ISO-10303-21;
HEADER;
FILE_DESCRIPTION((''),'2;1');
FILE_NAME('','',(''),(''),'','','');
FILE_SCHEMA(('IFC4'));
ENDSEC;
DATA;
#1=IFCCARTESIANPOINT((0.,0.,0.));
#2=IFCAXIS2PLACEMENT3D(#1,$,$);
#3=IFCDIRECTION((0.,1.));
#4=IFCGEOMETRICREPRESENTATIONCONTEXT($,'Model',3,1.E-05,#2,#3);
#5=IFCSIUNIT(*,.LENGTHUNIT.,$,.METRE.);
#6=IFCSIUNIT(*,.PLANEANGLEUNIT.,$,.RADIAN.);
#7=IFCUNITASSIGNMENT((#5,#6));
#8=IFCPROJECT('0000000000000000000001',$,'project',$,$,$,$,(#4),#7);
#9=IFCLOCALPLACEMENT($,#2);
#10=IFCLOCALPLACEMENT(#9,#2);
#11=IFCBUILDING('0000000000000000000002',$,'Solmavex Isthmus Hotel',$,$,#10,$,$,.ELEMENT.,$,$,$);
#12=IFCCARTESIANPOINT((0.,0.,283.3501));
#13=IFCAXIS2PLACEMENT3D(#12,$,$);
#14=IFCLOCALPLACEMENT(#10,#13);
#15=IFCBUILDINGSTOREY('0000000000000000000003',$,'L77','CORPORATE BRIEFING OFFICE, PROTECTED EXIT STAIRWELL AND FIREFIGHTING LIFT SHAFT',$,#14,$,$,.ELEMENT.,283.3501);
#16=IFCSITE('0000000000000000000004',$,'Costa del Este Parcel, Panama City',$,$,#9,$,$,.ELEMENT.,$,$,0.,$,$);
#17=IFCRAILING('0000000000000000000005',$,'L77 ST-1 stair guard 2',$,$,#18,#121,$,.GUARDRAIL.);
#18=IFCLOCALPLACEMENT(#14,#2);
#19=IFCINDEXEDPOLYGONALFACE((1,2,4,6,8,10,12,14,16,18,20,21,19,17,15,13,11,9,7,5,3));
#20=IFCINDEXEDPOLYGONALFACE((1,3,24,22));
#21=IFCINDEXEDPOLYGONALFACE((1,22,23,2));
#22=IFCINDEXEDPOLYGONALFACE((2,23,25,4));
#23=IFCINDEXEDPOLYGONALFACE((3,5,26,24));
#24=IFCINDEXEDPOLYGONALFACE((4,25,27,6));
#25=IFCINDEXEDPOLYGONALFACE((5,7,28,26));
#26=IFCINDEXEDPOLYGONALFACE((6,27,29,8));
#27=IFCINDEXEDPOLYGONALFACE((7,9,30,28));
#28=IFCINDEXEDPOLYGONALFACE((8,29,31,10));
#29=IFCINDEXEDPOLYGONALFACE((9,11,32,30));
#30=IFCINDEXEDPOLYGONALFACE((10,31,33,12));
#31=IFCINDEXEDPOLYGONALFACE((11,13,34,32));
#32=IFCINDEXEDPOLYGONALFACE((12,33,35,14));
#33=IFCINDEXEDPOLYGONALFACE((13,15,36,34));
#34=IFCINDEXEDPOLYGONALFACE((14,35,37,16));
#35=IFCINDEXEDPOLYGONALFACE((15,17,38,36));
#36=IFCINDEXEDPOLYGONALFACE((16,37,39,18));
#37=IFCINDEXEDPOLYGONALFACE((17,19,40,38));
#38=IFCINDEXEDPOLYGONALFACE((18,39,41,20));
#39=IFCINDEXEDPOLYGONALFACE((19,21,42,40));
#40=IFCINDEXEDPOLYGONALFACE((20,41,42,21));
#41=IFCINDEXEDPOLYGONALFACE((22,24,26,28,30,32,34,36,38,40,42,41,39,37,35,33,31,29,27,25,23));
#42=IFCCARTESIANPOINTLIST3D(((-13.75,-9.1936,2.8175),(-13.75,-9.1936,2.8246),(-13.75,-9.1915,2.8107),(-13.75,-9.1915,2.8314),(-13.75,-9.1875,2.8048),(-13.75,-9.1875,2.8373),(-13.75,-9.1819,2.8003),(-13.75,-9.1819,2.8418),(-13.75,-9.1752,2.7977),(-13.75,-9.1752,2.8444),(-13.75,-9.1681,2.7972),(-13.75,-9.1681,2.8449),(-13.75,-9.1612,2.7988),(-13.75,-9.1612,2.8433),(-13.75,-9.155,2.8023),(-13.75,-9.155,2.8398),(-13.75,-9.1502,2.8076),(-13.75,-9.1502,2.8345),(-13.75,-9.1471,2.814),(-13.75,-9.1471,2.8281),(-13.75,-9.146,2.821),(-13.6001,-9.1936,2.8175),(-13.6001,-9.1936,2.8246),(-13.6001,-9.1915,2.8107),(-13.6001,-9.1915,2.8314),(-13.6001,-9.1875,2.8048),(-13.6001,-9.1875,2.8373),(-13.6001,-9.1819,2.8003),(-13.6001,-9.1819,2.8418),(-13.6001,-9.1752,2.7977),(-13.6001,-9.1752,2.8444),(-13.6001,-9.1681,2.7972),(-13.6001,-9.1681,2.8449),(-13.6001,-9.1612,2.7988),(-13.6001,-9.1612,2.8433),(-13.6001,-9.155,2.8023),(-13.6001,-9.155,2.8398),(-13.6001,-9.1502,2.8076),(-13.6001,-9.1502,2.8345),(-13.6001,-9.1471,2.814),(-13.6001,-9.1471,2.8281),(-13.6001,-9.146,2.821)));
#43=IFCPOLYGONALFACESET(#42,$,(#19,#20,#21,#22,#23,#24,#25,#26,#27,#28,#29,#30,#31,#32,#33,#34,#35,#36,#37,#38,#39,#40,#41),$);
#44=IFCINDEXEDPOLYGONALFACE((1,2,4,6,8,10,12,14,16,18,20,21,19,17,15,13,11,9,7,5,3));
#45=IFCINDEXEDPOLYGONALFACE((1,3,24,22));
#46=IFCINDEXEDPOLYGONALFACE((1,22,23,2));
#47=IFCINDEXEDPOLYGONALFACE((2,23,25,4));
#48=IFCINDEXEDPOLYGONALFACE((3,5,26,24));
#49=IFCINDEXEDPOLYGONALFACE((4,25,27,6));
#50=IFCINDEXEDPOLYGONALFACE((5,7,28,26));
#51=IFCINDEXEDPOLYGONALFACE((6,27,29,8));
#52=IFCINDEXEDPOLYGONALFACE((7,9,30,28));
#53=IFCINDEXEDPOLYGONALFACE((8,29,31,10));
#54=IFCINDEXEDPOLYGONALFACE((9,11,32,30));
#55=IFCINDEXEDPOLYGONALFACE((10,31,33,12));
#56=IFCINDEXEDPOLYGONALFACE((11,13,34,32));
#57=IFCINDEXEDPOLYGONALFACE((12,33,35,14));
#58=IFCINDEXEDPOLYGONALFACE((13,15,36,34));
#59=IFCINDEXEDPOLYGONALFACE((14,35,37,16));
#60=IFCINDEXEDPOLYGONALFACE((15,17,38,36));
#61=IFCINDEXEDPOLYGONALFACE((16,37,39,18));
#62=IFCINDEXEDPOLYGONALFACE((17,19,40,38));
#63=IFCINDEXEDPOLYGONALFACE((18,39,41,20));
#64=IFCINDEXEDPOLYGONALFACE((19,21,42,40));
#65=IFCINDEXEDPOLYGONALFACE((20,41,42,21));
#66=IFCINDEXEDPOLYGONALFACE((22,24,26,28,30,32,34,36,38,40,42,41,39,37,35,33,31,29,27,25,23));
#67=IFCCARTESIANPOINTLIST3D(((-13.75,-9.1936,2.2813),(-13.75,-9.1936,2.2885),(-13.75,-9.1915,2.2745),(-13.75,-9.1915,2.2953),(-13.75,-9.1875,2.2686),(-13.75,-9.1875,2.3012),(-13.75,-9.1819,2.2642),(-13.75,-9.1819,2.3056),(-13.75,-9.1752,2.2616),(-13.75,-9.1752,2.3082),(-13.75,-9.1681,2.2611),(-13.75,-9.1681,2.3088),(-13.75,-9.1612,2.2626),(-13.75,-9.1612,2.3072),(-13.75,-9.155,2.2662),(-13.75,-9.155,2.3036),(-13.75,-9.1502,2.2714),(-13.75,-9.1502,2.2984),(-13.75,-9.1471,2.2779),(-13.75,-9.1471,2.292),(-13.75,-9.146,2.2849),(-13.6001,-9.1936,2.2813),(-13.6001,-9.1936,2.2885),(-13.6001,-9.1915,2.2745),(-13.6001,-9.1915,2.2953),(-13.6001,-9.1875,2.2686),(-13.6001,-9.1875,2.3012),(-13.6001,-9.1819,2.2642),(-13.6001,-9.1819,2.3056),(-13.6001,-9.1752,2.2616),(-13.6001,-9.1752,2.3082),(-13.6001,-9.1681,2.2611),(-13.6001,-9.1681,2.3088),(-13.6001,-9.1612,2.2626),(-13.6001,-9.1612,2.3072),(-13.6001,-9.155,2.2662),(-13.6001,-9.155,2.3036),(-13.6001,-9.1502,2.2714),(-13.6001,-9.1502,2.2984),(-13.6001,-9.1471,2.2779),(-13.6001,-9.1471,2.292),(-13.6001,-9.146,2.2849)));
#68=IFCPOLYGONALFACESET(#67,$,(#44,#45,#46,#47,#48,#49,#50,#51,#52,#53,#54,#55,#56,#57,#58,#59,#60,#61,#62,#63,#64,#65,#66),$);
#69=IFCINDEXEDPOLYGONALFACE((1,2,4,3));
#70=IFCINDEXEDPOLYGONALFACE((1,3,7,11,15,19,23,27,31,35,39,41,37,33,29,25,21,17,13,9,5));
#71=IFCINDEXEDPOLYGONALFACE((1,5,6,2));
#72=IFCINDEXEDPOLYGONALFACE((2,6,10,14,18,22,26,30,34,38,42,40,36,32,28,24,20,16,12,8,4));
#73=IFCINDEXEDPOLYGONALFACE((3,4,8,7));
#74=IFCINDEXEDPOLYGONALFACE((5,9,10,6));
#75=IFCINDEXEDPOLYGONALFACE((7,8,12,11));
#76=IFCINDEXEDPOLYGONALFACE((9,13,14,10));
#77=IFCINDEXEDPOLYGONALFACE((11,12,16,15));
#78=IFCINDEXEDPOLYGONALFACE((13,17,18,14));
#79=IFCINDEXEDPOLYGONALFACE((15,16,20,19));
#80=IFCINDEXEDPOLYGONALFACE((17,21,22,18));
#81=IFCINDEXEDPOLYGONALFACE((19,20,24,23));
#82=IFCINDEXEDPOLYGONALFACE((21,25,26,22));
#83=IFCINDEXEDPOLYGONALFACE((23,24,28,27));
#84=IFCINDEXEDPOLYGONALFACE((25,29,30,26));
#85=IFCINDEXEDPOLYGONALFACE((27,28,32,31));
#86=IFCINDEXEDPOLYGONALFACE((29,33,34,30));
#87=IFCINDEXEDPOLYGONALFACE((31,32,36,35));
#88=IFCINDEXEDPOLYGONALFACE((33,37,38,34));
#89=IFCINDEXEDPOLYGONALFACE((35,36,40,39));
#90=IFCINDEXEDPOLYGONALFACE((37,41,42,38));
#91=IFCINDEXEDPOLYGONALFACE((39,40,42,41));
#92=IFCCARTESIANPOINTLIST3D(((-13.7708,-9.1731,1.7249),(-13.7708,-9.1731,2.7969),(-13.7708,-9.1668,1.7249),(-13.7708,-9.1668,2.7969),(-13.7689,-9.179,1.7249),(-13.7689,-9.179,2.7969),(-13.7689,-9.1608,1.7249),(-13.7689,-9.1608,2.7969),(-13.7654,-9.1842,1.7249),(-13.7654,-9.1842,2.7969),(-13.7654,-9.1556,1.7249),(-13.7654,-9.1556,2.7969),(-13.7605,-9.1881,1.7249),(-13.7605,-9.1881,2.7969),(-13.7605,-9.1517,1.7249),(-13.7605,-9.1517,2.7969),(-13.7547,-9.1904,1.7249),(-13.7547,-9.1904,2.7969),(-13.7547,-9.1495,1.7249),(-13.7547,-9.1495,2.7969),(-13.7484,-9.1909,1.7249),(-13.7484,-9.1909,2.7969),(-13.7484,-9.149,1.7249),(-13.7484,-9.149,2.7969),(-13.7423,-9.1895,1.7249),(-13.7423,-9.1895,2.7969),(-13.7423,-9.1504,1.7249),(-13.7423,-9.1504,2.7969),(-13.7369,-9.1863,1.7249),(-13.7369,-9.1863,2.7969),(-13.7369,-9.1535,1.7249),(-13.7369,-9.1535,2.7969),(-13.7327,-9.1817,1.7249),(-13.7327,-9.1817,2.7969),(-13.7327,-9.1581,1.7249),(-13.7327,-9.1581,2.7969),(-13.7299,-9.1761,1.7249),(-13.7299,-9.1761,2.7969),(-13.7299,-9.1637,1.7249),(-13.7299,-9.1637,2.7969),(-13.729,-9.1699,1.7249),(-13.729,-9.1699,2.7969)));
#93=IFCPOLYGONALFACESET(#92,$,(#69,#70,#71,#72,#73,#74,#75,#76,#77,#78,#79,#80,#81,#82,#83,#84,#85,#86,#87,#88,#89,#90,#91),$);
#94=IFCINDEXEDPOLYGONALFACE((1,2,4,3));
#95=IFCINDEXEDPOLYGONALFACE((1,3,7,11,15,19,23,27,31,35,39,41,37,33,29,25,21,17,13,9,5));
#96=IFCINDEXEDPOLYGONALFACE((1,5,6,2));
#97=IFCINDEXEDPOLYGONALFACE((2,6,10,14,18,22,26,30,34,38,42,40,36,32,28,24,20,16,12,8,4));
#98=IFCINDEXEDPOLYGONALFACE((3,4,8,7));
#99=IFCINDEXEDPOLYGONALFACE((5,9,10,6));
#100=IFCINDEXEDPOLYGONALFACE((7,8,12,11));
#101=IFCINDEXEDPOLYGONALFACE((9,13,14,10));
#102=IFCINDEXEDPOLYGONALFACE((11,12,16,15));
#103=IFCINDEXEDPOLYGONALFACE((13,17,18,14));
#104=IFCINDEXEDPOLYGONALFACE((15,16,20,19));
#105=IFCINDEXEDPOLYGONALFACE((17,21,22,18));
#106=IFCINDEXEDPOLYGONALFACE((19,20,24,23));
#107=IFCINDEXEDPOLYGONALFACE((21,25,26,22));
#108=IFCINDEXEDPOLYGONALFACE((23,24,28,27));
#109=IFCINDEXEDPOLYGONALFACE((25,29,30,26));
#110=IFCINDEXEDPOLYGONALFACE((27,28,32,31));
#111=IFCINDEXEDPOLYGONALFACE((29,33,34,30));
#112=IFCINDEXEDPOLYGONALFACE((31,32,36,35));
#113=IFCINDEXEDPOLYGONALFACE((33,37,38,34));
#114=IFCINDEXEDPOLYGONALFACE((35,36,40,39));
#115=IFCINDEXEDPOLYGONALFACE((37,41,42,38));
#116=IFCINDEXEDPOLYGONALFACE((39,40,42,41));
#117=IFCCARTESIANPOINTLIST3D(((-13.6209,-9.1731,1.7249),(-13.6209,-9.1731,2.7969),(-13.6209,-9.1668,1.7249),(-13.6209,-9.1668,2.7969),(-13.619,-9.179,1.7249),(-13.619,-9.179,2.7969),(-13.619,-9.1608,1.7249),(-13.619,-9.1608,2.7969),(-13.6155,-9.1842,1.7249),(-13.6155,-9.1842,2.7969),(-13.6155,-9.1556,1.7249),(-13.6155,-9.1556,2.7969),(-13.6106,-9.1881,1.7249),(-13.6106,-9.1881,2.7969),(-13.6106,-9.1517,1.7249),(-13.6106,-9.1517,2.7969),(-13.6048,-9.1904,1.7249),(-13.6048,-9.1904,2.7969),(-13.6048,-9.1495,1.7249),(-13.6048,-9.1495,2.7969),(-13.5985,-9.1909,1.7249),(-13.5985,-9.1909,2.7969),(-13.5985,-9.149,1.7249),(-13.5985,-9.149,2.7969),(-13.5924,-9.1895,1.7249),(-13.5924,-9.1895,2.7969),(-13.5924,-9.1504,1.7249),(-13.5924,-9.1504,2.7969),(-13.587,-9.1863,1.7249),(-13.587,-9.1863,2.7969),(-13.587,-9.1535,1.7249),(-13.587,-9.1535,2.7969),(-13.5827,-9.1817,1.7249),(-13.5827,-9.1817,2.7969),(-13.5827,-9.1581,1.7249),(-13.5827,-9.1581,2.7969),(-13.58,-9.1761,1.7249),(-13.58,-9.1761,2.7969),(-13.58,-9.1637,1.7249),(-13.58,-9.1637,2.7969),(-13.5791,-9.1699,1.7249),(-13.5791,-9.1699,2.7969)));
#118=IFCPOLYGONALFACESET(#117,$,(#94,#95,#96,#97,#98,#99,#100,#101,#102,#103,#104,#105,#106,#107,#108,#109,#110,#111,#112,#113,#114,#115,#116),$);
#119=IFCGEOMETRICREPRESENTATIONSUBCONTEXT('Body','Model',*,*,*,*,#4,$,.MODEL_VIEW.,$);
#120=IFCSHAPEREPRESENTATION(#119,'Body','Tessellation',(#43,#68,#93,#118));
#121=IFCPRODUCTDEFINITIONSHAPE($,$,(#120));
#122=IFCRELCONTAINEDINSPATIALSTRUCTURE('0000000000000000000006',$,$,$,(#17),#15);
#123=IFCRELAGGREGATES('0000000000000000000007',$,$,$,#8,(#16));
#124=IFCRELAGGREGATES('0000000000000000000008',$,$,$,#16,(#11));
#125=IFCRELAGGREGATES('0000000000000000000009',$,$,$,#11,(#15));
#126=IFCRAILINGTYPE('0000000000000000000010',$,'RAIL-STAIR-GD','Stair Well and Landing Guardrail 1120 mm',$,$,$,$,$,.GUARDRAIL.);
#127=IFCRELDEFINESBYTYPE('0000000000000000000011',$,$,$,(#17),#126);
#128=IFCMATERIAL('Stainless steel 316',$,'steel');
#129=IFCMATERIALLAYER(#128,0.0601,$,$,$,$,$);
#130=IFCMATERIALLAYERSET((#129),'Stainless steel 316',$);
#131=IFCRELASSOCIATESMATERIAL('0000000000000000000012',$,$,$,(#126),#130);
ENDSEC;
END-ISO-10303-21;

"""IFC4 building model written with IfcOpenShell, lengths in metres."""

from ifc_helpers import new_model, si_unit, direction, frame, origin, origin_2d, place, context, subcontext, project, spatial, circle, extrude, material, layer, layer_set, type_object, element, save


model = new_model("IFC4")

# Units and contexts
model_context = context("Model", 3, precision=1e-05, world=origin(), true_north=direction((0.0, 1.0)))
body_context = subcontext(model_context, "Body", "Model", "MODEL_VIEW")
ifc_project = project(units=[si_unit("LENGTHUNIT", "METRE"), si_unit("PLANEANGLEUNIT", "RADIAN")], contexts=[model_context])

# Site, building, storey
site_placement = place(None, origin())
site = spatial("IfcSite", under=ifc_project, at=site_placement, Name="Costa del Este Parcel, Panama City", CompositionType="ELEMENT", RefElevation=0.0)
building_placement = place(site_placement, origin())
building = spatial("IfcBuilding", under=site, at=building_placement, Name="Solmavex Isthmus Hotel", CompositionType="ELEMENT")
storey_placement = place(building_placement, frame((0.0, 0.0, 283.3501)))
storey = spatial("IfcBuildingStorey", under=building, at=storey_placement, Name="L77", Description="CORPORATE BRIEFING OFFICE, PROTECTED EXIT STAIRWELL AND FIREFIGHTING LIFT SHAFT", CompositionType="ELEMENT", Elevation=283.3501)

# Shared definitions
ifc_material_1 = material(Name="Stainless steel 316", Category="steel")

# Railing
ifc_layer_1 = layer(ifc_material_1, 0.0601)
ifc_layer_set_1 = layer_set([ifc_layer_1], Name="Stainless steel 316")
railing_type_1 = type_object("IfcRailingType", Name="RAIL-STAIR-GD", Description="Stair Well and Landing Guardrail 1120 mm", PredefinedType="GUARDRAIL", material=ifc_layer_set_1)
railing_1_placement = place(storey_placement, frame((-13.75, -9.1699, 1.7249)))
element("IfcRailing", 1, at=railing_1_placement, inside=storey, type_object=railing_type_1, Name="L77 ST-1 stair guard 2", PredefinedType="GUARDRAIL", context=body_context, shape_type="SweptSolid", body=[
    extrude(circle(Radius=0.0239, at=origin_2d()), frame((0.0, 0.0, 1.0962), z_axis=(1.0, 0.0, 0.0), x_axis=(0.0, 1.0, 0.0)), (0.0, 0.0, 1.0), 0.1499),
    extrude(circle(Radius=0.0239, at=origin_2d()), frame((0.0, 0.0, 0.5601), z_axis=(1.0, 0.0, 0.0), x_axis=(0.0, 1.0, 0.0)), (0.0, 0.0, 1.0), 0.1499),
    extrude(circle(Radius=0.021, at=origin_2d()), origin(), (0.0, 0.0, 1.0), 1.072),
    extrude(circle(Radius=0.021, at=origin_2d()), frame((0.1499, 0.0, 0.0)), (0.0, 0.0, 1.0), 1.072),
])

save(model, "model.ifc")
